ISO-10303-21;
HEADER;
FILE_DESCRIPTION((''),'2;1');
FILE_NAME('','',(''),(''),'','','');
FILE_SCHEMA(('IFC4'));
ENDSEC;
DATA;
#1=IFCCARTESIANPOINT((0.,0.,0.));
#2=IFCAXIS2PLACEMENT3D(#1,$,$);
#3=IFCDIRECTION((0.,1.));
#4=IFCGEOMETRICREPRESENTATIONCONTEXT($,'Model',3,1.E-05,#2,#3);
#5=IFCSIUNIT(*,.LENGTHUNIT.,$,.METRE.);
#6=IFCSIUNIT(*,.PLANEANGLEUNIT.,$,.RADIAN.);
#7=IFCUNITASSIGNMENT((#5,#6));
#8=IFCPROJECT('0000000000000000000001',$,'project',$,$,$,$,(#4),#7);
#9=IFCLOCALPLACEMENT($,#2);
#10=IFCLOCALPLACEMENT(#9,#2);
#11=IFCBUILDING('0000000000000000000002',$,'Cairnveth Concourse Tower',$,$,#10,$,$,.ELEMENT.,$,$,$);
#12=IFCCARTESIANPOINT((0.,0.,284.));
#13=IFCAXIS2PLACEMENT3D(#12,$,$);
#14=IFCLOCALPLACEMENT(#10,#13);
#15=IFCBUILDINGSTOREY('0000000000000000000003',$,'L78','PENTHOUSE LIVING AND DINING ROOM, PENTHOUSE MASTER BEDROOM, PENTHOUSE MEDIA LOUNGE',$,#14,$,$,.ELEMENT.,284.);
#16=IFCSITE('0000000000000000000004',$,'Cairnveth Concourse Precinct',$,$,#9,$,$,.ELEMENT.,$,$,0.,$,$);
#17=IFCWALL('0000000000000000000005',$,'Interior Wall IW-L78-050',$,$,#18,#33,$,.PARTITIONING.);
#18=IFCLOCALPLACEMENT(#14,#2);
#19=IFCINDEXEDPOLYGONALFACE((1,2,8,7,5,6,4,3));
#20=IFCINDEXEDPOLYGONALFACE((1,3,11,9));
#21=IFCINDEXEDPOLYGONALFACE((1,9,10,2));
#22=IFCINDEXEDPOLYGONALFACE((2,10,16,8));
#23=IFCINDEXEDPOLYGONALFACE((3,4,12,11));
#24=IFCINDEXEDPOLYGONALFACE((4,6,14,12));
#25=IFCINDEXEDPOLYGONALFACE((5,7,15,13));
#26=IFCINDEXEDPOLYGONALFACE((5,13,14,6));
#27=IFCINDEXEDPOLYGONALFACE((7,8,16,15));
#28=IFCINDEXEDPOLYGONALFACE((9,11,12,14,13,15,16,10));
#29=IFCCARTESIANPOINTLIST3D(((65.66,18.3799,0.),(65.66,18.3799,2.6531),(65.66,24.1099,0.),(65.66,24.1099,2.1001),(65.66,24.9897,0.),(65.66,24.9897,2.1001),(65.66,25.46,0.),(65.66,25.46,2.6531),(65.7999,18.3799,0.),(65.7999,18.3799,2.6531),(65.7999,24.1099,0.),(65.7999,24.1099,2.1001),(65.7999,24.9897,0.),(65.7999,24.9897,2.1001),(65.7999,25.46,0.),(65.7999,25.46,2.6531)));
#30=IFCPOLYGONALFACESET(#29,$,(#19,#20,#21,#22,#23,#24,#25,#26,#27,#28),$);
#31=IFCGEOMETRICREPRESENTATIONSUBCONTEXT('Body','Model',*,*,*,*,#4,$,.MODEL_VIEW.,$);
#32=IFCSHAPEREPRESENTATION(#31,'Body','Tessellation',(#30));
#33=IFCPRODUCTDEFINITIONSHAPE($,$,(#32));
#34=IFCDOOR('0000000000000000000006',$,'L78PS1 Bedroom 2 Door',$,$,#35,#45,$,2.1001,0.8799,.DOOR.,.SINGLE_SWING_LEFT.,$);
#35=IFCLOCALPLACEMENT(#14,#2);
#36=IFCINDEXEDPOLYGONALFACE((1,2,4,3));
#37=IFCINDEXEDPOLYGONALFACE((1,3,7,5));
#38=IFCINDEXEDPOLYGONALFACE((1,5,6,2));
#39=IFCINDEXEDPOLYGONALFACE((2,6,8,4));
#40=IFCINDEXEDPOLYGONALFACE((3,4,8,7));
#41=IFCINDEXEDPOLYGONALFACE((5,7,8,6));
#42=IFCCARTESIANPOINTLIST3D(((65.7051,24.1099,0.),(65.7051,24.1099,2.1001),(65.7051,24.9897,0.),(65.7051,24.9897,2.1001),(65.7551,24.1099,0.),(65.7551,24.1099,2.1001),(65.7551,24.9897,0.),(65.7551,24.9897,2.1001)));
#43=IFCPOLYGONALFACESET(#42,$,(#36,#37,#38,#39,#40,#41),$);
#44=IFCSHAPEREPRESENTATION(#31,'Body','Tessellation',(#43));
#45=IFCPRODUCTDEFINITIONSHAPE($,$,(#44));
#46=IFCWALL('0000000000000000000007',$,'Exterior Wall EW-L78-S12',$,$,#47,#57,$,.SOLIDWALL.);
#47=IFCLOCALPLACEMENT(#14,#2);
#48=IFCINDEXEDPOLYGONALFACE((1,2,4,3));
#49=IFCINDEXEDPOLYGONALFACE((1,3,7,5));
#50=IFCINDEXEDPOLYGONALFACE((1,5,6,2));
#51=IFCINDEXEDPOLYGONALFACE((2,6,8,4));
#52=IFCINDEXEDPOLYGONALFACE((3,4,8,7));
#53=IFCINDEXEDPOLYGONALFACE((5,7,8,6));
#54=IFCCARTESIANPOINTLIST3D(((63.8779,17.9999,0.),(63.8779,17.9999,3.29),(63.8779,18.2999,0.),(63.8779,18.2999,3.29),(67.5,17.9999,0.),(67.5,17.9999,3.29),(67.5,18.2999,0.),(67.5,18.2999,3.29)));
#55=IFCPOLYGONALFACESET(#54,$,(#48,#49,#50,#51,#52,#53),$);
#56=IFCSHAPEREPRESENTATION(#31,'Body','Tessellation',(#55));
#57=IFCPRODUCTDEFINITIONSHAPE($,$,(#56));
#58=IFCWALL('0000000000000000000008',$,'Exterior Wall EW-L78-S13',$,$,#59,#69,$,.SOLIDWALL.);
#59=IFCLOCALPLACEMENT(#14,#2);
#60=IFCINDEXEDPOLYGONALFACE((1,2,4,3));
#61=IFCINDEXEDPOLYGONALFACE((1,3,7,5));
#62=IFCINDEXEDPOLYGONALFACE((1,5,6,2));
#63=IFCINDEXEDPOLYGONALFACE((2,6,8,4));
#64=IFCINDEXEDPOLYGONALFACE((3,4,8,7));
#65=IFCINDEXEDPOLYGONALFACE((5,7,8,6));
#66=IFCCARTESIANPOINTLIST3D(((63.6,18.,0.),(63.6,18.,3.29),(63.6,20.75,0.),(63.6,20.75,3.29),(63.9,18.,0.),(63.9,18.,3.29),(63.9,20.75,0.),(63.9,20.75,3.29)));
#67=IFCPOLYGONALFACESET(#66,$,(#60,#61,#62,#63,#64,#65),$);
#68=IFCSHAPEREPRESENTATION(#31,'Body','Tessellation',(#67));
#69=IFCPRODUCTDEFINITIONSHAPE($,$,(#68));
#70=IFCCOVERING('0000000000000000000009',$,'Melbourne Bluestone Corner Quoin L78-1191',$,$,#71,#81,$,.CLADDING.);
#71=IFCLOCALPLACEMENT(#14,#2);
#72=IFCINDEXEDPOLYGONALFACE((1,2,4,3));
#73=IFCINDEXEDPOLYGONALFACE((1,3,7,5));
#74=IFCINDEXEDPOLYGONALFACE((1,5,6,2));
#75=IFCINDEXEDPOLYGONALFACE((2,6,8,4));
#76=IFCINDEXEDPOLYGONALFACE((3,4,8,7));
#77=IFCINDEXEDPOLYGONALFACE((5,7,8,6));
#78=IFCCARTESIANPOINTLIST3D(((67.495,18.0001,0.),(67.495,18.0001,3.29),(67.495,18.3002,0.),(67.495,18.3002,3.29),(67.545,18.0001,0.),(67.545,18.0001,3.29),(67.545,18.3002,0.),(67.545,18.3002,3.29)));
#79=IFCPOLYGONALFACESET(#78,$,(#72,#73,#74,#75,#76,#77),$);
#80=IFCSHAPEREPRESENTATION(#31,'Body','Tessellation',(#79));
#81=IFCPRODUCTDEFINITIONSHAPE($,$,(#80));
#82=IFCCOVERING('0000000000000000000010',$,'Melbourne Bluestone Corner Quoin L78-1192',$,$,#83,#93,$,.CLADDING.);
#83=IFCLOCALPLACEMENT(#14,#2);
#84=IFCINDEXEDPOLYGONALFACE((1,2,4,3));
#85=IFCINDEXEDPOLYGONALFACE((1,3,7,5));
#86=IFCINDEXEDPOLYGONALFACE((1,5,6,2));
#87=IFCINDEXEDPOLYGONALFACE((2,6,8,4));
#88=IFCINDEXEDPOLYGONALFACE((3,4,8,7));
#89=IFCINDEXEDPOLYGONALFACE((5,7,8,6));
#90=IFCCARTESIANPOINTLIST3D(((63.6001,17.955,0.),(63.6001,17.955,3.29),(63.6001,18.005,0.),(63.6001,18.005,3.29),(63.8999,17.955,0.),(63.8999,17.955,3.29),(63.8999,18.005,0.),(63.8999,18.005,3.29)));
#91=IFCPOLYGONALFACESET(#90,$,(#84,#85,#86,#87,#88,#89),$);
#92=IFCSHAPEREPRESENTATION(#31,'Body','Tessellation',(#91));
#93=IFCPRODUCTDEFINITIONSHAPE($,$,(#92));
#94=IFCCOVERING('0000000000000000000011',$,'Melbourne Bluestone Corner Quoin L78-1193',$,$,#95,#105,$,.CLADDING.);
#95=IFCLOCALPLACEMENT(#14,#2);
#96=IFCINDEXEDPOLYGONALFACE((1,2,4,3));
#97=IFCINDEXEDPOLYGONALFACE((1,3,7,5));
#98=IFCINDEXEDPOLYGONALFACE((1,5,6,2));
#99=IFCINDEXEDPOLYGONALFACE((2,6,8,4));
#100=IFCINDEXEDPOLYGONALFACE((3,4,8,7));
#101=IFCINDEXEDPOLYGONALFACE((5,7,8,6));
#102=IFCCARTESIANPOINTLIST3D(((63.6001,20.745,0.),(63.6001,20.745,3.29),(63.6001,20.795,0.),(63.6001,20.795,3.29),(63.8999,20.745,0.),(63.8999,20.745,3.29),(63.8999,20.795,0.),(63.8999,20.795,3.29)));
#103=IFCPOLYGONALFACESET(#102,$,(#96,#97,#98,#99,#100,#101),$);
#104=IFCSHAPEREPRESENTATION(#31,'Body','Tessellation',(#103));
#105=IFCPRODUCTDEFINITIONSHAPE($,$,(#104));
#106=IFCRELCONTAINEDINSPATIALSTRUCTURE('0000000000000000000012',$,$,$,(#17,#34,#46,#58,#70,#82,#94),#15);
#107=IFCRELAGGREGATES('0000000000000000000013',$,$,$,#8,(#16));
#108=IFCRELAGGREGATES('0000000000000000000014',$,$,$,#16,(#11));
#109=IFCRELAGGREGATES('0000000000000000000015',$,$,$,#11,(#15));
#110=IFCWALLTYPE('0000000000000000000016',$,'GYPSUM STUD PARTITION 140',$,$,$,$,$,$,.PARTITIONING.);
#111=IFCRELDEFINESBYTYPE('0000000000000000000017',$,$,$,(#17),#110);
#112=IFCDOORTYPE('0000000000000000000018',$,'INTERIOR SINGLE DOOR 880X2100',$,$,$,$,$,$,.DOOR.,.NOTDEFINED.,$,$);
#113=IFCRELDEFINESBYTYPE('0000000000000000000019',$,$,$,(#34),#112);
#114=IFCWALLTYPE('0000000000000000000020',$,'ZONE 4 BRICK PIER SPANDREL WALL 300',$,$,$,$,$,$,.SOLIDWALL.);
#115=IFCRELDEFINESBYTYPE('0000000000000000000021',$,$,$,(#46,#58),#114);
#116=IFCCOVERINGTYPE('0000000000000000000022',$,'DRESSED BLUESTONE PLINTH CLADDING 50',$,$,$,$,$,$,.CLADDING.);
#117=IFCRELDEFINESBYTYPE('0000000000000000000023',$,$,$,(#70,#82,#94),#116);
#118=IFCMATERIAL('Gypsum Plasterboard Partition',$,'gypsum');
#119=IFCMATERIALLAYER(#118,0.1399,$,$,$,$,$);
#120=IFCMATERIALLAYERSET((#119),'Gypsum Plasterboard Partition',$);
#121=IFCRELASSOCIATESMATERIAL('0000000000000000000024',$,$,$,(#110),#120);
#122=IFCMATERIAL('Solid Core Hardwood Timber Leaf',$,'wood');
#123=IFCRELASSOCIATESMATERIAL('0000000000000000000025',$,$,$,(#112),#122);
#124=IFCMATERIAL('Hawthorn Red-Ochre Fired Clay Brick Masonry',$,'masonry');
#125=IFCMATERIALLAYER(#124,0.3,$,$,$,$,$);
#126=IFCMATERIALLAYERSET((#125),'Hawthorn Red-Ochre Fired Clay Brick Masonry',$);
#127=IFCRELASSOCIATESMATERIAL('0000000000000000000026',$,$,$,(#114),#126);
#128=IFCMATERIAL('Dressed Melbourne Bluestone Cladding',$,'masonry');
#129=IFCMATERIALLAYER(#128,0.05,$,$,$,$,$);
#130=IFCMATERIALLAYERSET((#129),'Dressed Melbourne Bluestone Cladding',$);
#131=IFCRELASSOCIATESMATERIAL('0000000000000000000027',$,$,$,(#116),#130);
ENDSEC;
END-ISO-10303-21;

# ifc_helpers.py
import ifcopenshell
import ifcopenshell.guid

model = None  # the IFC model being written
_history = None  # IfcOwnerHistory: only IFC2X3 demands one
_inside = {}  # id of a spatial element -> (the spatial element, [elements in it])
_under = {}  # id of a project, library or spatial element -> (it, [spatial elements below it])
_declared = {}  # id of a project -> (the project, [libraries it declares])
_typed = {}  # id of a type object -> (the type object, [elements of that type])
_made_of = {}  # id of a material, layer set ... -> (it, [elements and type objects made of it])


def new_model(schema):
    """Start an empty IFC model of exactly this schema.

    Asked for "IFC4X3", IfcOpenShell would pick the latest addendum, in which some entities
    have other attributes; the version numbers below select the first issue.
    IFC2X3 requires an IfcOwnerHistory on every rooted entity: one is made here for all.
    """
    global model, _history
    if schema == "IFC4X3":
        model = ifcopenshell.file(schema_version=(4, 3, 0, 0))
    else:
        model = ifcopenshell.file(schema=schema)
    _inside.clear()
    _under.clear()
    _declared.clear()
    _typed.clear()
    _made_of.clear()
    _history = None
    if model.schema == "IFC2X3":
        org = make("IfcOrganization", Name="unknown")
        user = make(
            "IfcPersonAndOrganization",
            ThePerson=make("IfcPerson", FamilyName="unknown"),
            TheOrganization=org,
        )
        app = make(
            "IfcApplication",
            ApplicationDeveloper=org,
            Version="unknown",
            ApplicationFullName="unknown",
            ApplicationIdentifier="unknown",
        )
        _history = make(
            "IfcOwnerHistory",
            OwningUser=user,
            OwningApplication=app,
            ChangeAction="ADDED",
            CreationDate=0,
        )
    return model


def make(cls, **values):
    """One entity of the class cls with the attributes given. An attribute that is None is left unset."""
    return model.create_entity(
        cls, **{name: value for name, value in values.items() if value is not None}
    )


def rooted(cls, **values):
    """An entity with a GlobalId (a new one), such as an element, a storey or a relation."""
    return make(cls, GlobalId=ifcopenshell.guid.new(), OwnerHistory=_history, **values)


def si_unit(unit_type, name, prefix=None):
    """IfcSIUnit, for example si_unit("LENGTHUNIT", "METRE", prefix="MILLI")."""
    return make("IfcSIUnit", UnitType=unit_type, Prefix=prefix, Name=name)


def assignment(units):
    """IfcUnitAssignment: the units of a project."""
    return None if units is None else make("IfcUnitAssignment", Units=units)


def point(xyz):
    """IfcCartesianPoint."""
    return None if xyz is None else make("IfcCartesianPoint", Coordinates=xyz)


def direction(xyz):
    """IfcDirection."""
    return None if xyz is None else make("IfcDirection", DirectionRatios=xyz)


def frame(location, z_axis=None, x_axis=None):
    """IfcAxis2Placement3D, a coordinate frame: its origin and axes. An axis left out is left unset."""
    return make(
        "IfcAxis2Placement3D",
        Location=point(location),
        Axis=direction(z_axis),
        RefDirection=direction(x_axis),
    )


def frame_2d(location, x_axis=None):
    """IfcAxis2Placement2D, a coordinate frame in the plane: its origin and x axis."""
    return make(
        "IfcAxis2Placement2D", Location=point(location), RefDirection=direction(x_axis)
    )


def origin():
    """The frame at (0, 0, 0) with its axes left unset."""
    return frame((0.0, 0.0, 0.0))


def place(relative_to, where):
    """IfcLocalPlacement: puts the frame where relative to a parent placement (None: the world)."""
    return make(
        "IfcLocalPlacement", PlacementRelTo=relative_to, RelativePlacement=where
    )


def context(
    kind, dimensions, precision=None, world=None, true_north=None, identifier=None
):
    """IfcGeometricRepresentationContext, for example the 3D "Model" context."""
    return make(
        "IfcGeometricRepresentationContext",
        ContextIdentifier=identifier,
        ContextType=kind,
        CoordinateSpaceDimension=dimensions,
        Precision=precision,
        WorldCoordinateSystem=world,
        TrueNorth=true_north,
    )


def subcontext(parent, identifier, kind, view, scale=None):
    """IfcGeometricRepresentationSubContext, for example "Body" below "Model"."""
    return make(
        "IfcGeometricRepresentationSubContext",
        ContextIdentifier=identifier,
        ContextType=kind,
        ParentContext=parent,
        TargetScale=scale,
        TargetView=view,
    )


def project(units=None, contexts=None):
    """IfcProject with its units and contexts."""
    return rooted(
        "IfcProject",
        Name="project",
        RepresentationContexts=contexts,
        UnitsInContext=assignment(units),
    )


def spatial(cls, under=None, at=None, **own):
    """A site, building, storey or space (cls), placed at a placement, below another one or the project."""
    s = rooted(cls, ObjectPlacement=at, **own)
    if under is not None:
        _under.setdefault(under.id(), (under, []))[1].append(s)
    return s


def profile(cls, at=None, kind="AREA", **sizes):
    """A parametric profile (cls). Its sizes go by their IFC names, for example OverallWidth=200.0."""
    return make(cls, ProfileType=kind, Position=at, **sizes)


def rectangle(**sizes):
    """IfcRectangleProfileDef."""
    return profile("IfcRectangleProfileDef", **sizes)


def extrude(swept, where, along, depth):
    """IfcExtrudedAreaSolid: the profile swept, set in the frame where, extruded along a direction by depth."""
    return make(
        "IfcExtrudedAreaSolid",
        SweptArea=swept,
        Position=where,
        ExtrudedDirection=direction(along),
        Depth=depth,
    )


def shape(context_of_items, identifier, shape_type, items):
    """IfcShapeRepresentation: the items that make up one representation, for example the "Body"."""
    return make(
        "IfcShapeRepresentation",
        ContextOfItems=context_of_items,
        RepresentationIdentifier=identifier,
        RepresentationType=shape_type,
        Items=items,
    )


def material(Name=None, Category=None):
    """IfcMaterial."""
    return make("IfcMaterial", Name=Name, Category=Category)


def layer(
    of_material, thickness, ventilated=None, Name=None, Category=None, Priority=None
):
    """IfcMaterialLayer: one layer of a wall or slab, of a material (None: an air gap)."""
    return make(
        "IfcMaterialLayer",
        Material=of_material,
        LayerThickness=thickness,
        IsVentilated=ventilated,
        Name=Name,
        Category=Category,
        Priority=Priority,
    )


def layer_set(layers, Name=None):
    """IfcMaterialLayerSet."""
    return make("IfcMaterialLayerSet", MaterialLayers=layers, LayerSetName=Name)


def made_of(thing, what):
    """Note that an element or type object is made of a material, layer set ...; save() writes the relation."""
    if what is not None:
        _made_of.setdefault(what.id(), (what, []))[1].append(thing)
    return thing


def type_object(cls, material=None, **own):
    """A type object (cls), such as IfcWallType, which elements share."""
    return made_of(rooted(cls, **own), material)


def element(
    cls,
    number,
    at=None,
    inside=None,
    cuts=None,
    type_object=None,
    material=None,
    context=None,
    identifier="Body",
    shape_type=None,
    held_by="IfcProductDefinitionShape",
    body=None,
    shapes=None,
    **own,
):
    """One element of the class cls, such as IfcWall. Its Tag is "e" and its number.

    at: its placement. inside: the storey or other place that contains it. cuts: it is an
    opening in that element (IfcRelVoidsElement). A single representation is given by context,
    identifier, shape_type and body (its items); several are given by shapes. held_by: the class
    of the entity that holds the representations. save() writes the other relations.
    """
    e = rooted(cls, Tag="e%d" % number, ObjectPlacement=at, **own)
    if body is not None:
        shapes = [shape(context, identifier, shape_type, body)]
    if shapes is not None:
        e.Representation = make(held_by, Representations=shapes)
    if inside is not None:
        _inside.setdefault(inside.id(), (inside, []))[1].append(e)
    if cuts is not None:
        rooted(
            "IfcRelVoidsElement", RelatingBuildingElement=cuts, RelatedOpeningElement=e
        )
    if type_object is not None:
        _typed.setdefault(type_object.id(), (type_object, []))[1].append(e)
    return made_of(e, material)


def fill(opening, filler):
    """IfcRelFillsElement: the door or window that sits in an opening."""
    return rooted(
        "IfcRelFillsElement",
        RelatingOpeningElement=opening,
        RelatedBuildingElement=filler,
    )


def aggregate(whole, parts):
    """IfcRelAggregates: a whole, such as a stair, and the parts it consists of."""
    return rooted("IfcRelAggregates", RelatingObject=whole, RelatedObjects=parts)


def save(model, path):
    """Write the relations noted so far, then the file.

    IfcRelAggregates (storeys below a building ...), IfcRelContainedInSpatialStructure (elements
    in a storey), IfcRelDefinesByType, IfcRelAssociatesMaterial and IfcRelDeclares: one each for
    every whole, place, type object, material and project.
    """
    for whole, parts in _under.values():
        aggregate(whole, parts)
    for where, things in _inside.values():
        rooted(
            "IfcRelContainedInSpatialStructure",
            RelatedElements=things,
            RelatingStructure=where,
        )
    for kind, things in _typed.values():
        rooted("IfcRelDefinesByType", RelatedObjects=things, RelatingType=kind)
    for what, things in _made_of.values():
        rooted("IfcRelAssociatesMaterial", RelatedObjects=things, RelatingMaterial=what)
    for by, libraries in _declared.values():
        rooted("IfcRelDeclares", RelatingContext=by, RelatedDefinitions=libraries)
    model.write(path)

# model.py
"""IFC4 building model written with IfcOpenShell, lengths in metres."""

from ifc_helpers import new_model, si_unit, direction, frame, frame_2d, origin, place, context, subcontext, project, spatial, rectangle, extrude, material, layer, layer_set, type_object, element, fill, save


model = new_model("IFC4")

# Units and contexts
model_context = context("Model", 3, precision=1e-05, world=origin(), true_north=direction((0.0, 1.0)))
body_context = subcontext(model_context, "Body", "Model", "MODEL_VIEW")
ifc_project = project(units=[si_unit("LENGTHUNIT", "METRE"), si_unit("PLANEANGLEUNIT", "RADIAN")], contexts=[model_context])

# Site, building, storey
site_placement = place(None, origin())
site = spatial("IfcSite", under=ifc_project, at=site_placement, Name="Cairnveth Concourse Precinct", CompositionType="ELEMENT", RefElevation=0.0)
building_placement = place(site_placement, origin())
building = spatial("IfcBuilding", under=site, at=building_placement, Name="Cairnveth Concourse Tower", CompositionType="ELEMENT")
storey_placement = place(building_placement, frame((0.0, 0.0, 284.0)))
storey = spatial("IfcBuildingStorey", under=building, at=storey_placement, Name="L78", Description="PENTHOUSE LIVING AND DINING ROOM, PENTHOUSE MASTER BEDROOM, PENTHOUSE MEDIA LOUNGE", CompositionType="ELEMENT", Elevation=284.0)

# Wall, opening, door
ifc_material_1 = material(Name="Gypsum Plasterboard Partition", Category="gypsum")
ifc_layer_1 = layer(ifc_material_1, 0.1399)
ifc_layer_set_1 = layer_set([ifc_layer_1], Name="Gypsum Plasterboard Partition")
wall_type_1 = type_object("IfcWallType", Name="GYPSUM STUD PARTITION 140", PredefinedType="PARTITIONING", material=ifc_layer_set_1)
wall_1_placement = place(storey_placement, frame((65.73, 18.3799, 0.0), z_axis=(0.0, 0.0, 1.0), x_axis=(0.0, 1.0, 0.0)))
wall_1 = element("IfcWall", 1, at=wall_1_placement, inside=storey, type_object=wall_type_1, Name="Interior Wall IW-L78-050", PredefinedType="PARTITIONING", context=body_context, shape_type="SweptSolid", body=[
    extrude(rectangle(XDim=7.0801, YDim=0.1399, at=frame_2d((3.54, 0.0))), origin(), (0.0, 0.0, 1.0), 2.6531),
])
opening_1_placement = place(wall_1_placement, frame((5.73, 0.0, 0.0)))
opening_1 = element("IfcOpeningElement", 2, at=opening_1_placement, cuts=wall_1, PredefinedType="OPENING", context=body_context, shape_type="SweptSolid", body=[
    extrude(rectangle(XDim=0.8799, YDim=2.1001, at=frame_2d((0.4399, 1.05))), frame((0.0, 0.0798, 0.0), z_axis=(0.0, -1.0, 0.0), x_axis=(1.0, 0.0, 0.0)), (0.0, 0.0, 1.0), 0.1599),
])
ifc_material_2 = material(Name="Solid Core Hardwood Timber Leaf", Category="wood")
door_type_1 = type_object("IfcDoorType", Name="INTERIOR SINGLE DOOR 880X2100", OperationType="NOTDEFINED", PredefinedType="DOOR", material=ifc_material_2)
door_1_placement = place(opening_1_placement, origin())
door_1 = element("IfcDoor", 3, at=door_1_placement, inside=storey, type_object=door_type_1, Name="L78PS1 Bedroom 2 Door", OperationType="SINGLE_SWING_LEFT", OverallHeight=2.1001, OverallWidth=0.8799, PredefinedType="DOOR", context=body_context, shape_type="SweptSolid", body=[
    extrude(rectangle(XDim=0.8799, YDim=2.1001, at=frame_2d((0.4399, 1.05))), frame((0.0, 0.0249, 0.0), z_axis=(0.0, -1.0, 0.0), x_axis=(1.0, 0.0, 0.0)), (0.0, 0.0, 1.0), 0.05),
])
fill(opening_1, door_1)

# Walls
ifc_material_3 = material(Name="Hawthorn Red-Ochre Fired Clay Brick Masonry", Category="masonry")
ifc_layer_2 = layer(ifc_material_3, 0.3)
ifc_layer_set_2 = layer_set([ifc_layer_2], Name="Hawthorn Red-Ochre Fired Clay Brick Masonry")
wall_type_2 = type_object("IfcWallType", Name="ZONE 4 BRICK PIER SPANDREL WALL 300", PredefinedType="SOLIDWALL", material=ifc_layer_set_2)
wall_2_placement = place(storey_placement, frame((67.5, 18.1499, 0.0), z_axis=(0.0, 0.0, 1.0), x_axis=(-1.0, 0.0, 0.0)))
element("IfcWall", 4, at=wall_2_placement, inside=storey, type_object=wall_type_2, Name="Exterior Wall EW-L78-S12", PredefinedType="SOLIDWALL", context=body_context, shape_type="SweptSolid", body=[
    extrude(rectangle(XDim=3.6221, YDim=0.3, at=frame_2d((1.811, 0.0))), origin(), (0.0, 0.0, 1.0), 3.29),
])
wall_3_placement = place(storey_placement, frame((63.75, 18.0, 0.0), z_axis=(0.0, 0.0, 1.0), x_axis=(0.0, 1.0, 0.0)))
element("IfcWall", 5, at=wall_3_placement, inside=storey, type_object=wall_type_2, Name="Exterior Wall EW-L78-S13", PredefinedType="SOLIDWALL", context=body_context, shape_type="SweptSolid", body=[
    extrude(rectangle(XDim=2.75, YDim=0.3, at=frame_2d((1.375, 0.0))), origin(), (0.0, 0.0, 1.0), 3.29),
])

# Coverings
ifc_material_4 = material(Name="Dressed Melbourne Bluestone Cladding", Category="masonry")
ifc_layer_3 = layer(ifc_material_4, 0.05)
ifc_layer_set_3 = layer_set([ifc_layer_3], Name="Dressed Melbourne Bluestone Cladding")
covering_type = type_object("IfcCoveringType", Name="DRESSED BLUESTONE PLINTH CLADDING 50", PredefinedType="CLADDING", material=ifc_layer_set_3)
covering_placement = place(storey_placement, frame((67.52, 18.3, 0.0), z_axis=(0.0, 0.0, 1.0), x_axis=(0.0, -1.0, 0.0)))
element("IfcCovering", 6, at=covering_placement, inside=storey, type_object=covering_type, Name="Melbourne Bluestone Corner Quoin L78-1191", PredefinedType="CLADDING", context=body_context, shape_type="SweptSolid", body=[
    extrude(rectangle(XDim=0.3, YDim=0.05, at=frame_2d((0.1499, 0.0))), origin(), (0.0, 0.0, 1.0), 3.29),
])
for number, where, z_axis, x_axis, name in (
    (7, (63.8999, 17.98, 0.0), (0.0, 0.0, 1.0), (-1.0, 0.0, 0.0), "Melbourne Bluestone Corner Quoin L78-1192"),
    (8, (63.8999, 20.77, 0.0), (0.0, 0.0, 1.0), (-1.0, 0.0, 0.0), "Melbourne Bluestone Corner Quoin L78-1193"),
):
    element("IfcCovering", number, at=place(storey_placement, frame(where, z_axis=z_axis, x_axis=x_axis)), inside=storey, type_object=covering_type, Name=name, PredefinedType="CLADDING", context=body_context, shape_type="SweptSolid", body=[
        extrude(rectangle(XDim=0.2998, YDim=0.05, at=frame_2d((0.1499, 0.0))), origin(), (0.0, 0.0, 1.0), 3.29),
    ])

save(model, "model.ifc")
